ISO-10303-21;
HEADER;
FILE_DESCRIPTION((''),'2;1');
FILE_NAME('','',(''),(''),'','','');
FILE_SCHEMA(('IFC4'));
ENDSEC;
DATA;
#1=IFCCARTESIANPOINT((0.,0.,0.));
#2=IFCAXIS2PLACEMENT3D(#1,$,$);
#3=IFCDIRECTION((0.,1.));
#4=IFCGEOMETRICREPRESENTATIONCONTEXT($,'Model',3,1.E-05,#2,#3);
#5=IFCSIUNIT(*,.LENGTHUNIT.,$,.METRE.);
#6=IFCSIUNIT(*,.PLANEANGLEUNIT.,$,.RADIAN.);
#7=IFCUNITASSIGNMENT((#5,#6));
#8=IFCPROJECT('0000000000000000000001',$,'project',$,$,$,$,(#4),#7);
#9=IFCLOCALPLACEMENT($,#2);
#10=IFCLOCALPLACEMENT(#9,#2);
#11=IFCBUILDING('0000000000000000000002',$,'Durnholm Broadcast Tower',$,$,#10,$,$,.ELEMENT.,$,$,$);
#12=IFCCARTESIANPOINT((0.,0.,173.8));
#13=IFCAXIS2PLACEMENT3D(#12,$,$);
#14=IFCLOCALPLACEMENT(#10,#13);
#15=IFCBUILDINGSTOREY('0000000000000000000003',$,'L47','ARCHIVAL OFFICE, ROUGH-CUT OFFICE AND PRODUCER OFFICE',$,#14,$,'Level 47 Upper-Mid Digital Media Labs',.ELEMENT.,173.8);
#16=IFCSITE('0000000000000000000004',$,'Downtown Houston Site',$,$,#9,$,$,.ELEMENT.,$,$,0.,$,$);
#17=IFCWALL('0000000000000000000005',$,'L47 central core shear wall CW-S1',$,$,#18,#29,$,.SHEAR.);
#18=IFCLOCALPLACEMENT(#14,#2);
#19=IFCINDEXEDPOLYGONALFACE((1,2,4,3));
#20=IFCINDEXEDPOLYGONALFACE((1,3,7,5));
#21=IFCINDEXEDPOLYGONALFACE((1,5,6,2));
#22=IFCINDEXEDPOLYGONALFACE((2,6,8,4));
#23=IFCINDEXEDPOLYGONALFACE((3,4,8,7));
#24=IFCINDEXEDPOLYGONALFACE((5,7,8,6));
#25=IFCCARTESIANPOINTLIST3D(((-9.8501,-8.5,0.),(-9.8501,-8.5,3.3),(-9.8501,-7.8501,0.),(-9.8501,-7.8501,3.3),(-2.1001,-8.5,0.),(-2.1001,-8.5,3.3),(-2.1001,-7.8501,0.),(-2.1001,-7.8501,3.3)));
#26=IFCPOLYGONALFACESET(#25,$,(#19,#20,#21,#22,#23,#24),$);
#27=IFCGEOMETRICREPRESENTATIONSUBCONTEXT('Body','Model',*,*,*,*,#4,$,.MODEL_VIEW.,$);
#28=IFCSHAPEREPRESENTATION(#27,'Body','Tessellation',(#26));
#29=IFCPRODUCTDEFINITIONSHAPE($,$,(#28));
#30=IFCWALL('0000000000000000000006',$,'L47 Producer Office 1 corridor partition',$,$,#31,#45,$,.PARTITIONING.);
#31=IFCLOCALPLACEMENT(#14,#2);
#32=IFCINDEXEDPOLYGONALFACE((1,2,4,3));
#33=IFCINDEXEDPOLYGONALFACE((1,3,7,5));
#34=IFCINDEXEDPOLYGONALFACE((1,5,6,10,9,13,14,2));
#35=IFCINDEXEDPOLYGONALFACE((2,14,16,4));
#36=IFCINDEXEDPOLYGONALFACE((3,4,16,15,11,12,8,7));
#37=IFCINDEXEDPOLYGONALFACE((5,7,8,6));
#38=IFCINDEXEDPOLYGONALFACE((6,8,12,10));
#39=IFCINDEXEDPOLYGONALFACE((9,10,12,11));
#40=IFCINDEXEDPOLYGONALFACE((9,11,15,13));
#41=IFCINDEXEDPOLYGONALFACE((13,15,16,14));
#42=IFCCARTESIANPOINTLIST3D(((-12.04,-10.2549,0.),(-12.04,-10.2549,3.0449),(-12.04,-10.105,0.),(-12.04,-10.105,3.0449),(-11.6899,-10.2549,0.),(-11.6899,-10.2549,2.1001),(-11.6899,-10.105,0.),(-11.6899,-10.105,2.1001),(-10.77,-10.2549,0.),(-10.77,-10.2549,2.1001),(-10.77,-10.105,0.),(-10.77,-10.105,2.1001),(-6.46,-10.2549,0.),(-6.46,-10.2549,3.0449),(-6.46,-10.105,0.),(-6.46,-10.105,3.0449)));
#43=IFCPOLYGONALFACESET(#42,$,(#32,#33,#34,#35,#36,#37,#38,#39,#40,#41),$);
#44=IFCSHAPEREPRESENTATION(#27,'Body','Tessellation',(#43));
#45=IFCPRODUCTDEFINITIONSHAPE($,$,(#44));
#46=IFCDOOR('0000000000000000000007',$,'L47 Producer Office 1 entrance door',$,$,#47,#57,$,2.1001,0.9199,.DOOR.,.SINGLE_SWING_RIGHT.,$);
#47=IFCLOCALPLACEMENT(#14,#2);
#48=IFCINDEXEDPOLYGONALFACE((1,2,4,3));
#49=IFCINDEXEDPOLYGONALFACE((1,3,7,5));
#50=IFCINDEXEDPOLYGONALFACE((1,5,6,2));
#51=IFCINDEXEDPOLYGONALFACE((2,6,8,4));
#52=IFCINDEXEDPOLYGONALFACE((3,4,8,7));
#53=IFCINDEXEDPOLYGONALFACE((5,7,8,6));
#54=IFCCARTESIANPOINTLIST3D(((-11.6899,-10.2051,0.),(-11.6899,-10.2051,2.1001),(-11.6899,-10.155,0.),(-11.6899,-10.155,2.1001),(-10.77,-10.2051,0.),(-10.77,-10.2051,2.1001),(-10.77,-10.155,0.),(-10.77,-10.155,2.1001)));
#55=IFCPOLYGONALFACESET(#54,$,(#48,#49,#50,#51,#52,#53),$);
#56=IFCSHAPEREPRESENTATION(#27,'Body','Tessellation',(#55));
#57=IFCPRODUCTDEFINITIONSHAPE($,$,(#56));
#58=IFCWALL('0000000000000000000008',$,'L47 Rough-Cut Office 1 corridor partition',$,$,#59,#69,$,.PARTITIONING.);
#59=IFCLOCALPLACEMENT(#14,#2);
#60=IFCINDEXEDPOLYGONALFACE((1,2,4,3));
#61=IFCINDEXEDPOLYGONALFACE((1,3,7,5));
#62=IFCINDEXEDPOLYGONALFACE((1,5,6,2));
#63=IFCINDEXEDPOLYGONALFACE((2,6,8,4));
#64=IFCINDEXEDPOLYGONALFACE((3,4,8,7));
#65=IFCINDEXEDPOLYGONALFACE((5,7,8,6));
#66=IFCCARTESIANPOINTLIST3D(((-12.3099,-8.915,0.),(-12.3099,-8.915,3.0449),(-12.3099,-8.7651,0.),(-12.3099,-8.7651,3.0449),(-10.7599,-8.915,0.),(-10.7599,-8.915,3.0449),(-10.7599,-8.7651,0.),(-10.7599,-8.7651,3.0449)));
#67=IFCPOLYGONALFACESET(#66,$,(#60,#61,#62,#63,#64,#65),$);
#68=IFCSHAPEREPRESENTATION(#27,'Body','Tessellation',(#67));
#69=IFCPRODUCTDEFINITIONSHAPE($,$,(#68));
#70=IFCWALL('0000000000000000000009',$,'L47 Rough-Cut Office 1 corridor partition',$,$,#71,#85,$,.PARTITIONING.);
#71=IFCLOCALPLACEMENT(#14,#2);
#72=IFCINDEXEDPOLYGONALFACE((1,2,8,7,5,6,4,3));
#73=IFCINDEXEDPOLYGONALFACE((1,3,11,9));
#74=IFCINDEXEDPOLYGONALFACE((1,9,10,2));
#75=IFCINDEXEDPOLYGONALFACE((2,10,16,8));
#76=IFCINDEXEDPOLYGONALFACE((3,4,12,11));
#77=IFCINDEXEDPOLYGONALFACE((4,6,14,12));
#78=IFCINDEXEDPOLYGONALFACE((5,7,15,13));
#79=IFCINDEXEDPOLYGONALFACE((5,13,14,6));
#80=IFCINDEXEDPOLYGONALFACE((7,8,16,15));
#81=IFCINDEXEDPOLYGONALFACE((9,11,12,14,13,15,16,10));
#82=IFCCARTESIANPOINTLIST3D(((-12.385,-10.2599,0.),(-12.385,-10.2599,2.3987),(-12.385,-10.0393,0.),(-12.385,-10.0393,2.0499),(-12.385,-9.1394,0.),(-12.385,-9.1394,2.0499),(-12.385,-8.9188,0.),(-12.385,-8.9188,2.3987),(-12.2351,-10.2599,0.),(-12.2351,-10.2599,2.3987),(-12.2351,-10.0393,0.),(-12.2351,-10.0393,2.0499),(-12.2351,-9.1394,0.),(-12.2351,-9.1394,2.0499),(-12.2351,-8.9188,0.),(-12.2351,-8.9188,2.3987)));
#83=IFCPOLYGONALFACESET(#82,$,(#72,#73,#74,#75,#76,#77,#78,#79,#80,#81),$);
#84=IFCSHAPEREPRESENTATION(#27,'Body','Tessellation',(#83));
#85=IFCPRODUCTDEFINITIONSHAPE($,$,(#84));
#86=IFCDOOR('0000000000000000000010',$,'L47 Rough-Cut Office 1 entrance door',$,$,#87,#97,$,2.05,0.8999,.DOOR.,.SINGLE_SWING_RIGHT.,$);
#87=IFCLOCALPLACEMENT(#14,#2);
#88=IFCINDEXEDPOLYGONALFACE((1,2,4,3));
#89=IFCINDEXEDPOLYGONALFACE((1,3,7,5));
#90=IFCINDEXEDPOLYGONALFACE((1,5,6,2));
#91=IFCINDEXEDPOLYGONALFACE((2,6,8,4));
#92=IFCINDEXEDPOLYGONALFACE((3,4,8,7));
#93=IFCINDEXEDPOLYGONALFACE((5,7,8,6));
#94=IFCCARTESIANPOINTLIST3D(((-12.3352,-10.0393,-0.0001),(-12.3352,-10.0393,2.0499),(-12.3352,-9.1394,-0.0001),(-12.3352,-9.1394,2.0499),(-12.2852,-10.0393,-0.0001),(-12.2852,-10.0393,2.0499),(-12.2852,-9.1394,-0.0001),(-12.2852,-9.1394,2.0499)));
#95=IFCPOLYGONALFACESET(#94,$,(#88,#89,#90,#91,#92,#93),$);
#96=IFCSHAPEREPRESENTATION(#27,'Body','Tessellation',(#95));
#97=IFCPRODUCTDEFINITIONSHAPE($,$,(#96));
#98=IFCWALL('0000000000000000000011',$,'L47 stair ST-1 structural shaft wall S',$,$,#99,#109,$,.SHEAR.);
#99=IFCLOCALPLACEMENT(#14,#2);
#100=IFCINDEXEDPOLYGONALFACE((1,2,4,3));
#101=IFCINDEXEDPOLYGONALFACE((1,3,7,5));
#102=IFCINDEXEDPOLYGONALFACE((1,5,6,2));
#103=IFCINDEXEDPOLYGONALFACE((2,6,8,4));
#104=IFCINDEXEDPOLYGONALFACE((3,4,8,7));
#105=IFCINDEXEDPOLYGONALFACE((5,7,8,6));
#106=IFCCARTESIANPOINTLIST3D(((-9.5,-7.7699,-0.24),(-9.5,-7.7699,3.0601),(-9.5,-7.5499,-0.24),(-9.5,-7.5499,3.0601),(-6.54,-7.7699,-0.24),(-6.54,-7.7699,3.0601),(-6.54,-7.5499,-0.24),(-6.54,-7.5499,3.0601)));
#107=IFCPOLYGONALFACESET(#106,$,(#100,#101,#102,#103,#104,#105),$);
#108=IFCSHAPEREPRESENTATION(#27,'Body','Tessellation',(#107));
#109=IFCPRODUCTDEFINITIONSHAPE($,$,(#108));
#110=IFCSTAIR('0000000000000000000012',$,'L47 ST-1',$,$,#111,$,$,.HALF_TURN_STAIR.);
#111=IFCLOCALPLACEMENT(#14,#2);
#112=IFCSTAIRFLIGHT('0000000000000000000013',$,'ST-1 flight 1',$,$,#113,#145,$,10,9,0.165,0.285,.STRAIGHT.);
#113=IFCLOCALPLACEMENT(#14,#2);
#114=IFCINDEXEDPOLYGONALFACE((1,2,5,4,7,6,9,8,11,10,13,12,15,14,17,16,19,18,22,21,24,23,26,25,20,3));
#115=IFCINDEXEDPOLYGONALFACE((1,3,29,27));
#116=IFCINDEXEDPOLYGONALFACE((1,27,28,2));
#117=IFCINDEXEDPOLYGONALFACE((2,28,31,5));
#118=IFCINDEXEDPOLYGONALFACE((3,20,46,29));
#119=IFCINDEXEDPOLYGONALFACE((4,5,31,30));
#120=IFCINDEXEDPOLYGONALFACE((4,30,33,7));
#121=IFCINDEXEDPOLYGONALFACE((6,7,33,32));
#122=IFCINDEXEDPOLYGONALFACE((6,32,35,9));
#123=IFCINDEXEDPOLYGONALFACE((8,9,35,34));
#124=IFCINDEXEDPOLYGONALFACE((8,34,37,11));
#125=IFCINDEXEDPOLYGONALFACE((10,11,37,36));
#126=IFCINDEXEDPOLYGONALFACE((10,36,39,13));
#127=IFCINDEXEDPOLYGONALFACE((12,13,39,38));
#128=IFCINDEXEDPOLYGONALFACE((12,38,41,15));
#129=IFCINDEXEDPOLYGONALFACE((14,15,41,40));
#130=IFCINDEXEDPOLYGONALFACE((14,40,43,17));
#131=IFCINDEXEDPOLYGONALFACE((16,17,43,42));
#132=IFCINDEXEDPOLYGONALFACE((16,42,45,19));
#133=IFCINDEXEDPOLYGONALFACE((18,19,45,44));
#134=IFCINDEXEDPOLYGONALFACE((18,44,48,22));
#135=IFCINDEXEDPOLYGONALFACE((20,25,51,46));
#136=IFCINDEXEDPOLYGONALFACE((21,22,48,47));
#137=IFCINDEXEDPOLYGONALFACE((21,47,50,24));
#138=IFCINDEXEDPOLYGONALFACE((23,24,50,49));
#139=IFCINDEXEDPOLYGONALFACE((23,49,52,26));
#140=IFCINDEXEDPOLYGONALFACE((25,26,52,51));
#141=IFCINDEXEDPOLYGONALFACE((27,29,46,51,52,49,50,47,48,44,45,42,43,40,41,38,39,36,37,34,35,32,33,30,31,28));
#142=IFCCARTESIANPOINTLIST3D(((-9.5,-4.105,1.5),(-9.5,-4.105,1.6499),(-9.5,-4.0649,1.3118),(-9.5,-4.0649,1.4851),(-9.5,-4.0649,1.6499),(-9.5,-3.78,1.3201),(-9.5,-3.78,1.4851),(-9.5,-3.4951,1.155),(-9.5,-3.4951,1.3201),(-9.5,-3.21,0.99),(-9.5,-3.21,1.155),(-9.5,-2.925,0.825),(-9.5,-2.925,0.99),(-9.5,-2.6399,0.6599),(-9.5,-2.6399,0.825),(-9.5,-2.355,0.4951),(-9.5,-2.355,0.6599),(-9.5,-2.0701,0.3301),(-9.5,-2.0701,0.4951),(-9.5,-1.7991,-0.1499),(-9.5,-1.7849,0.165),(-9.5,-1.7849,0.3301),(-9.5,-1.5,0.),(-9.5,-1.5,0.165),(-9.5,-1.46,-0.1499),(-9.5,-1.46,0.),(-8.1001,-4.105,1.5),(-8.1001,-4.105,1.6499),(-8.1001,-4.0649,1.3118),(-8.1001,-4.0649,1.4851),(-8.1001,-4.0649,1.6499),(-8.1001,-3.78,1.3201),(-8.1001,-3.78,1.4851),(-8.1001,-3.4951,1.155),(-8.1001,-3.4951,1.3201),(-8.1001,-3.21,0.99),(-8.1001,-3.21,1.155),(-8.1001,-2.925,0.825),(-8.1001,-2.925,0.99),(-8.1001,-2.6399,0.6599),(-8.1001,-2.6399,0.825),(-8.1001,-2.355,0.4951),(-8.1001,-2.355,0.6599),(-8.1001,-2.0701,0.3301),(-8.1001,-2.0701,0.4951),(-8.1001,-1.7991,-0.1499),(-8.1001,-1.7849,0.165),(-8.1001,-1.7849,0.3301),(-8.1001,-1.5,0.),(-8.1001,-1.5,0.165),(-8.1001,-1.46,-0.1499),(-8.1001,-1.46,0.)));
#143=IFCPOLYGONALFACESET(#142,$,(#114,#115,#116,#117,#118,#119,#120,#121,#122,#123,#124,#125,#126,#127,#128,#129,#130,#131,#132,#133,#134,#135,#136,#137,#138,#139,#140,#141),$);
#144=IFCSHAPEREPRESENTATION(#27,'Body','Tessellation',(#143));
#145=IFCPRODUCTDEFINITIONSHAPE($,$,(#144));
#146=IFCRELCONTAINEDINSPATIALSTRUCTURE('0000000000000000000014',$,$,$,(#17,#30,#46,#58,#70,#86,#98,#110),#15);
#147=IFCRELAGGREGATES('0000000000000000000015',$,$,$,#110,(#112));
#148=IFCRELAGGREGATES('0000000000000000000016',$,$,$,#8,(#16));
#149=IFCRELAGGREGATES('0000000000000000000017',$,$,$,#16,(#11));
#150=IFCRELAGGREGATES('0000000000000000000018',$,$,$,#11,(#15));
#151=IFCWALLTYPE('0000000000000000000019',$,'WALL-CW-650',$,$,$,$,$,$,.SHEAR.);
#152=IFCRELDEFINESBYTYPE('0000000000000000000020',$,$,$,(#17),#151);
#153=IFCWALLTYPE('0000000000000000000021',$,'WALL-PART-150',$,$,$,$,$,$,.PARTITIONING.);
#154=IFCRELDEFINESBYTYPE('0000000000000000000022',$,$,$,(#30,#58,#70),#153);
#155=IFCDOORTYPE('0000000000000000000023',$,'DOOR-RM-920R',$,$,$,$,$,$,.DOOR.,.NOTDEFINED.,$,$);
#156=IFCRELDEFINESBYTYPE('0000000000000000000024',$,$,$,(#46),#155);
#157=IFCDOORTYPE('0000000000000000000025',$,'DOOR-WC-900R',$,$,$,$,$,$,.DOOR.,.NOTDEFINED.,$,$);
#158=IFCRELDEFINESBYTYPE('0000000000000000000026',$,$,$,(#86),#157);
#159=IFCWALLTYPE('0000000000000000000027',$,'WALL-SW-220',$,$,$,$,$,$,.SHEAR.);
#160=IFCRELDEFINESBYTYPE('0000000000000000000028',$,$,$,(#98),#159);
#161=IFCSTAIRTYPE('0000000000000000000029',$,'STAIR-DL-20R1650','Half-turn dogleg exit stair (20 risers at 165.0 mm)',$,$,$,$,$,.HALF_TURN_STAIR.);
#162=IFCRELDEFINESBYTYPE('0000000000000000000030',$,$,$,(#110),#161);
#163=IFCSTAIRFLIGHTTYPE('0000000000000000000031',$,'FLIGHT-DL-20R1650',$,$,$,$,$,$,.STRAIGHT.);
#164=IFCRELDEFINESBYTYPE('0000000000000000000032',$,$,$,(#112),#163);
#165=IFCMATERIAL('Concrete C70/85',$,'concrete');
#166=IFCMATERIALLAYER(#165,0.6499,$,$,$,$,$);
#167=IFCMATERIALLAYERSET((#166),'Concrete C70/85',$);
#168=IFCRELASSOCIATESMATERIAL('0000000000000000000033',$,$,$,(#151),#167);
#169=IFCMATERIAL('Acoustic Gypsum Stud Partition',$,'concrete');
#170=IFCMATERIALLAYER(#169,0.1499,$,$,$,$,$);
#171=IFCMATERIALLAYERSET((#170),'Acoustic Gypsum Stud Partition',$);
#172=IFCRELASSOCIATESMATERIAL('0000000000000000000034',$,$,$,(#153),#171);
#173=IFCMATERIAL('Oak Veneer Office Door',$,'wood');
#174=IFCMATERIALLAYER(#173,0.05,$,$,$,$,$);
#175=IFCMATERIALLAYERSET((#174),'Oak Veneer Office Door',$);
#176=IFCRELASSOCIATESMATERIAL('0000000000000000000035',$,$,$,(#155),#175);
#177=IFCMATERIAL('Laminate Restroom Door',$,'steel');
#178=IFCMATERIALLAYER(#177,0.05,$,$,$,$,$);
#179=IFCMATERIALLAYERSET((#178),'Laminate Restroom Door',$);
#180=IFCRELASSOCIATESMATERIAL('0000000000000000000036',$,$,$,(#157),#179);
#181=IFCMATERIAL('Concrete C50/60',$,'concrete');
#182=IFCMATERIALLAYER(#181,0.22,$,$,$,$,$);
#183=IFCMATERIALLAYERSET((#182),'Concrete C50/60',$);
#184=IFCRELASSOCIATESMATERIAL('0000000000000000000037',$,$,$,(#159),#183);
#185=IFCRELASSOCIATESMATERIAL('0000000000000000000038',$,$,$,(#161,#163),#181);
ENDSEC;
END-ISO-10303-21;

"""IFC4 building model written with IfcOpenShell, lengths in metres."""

from ifc_helpers import new_model, si_unit, direction, frame, frame_2d, origin, place, context, subcontext, project, spatial, polyline, rectangle, outline, extrude, source, transform, mapped, material, layer, layer_set, type_object, type_shapes, element, fill, aggregate, save


model = new_model("IFC4")

# Units and contexts
model_context = context("Model", 3, precision=1e-05, world=origin(), true_north=direction((0.0, 1.0)))
body_context = subcontext(model_context, "Body", "Model", "MODEL_VIEW")
ifc_project = project(units=[si_unit("LENGTHUNIT", "METRE"), si_unit("PLANEANGLEUNIT", "RADIAN")], contexts=[model_context])

# Site, building, storey
site_placement = place(None, origin())
site = spatial("IfcSite", under=ifc_project, at=site_placement, Name="Downtown Houston Site", CompositionType="ELEMENT", RefElevation=0.0)
building_placement = place(site_placement, origin())
building = spatial("IfcBuilding", under=site, at=building_placement, Name="Durnholm Broadcast Tower", CompositionType="ELEMENT")
storey_placement = place(building_placement, frame((0.0, 0.0, 173.8)))
storey = spatial("IfcBuildingStorey", under=building, at=storey_placement, Name="L47", Description="ARCHIVAL OFFICE, ROUGH-CUT OFFICE AND PRODUCER OFFICE", LongName="Level 47 Upper-Mid Digital Media Labs", CompositionType="ELEMENT", Elevation=173.8)

# Shared definitions
ifc_material_1 = material(Name="Concrete C70/85", Category="concrete")

# Wall
ifc_layer_1 = layer(ifc_material_1, 0.6499)
ifc_layer_set_1 = layer_set([ifc_layer_1], Name="Concrete C70/85")
wall_type_1 = type_object("IfcWallType", Name="WALL-CW-650", PredefinedType="SHEAR", material=ifc_layer_set_1)
wall_1_placement = place(storey_placement, frame((-9.8501, -8.175, 0.0), z_axis=(0.0, 0.0, 1.0), x_axis=(1.0, 0.0, 0.0)))
element("IfcWall", 1, at=wall_1_placement, inside=storey, type_object=wall_type_1, Name="L47 central core shear wall CW-S1", PredefinedType="SHEAR", context=body_context, shape_type="SweptSolid", body=[
    extrude(rectangle(XDim=7.75, YDim=0.6499, at=frame_2d((3.875, 0.0))), origin(), (0.0, 0.0, 1.0), 3.3),
])

# Wall, opening, door
ifc_material_2 = material(Name="Acoustic Gypsum Stud Partition", Category="concrete")
ifc_layer_2 = layer(ifc_material_2, 0.1499)
ifc_layer_set_2 = layer_set([ifc_layer_2], Name="Acoustic Gypsum Stud Partition")
wall_type_2 = type_object("IfcWallType", Name="WALL-PART-150", PredefinedType="PARTITIONING", material=ifc_layer_set_2)
wall_2_placement = place(storey_placement, frame((-12.04, -10.1799, 0.0), z_axis=(0.0, 0.0, 1.0), x_axis=(1.0, 0.0, 0.0)))
wall_2 = element("IfcWall", 2, at=wall_2_placement, inside=storey, type_object=wall_type_2, Name="L47 Producer Office 1 corridor partition", PredefinedType="PARTITIONING", context=body_context, shape_type="SweptSolid", body=[
    extrude(rectangle(XDim=5.5801, YDim=0.1499, at=frame_2d((2.79, 0.0))), origin(), (0.0, 0.0, 1.0), 3.0449),
])
opening_1_placement = place(wall_2_placement, frame((0.3501, 0.0, 0.0)))
opening_1 = element("IfcOpeningElement", 3, at=opening_1_placement, cuts=wall_2, PredefinedType="OPENING", context=body_context, shape_type="SweptSolid", body=[
    extrude(rectangle(XDim=0.9199, YDim=2.1001, at=frame_2d((0.46, 1.05))), frame((0.0, 0.085, 0.0), z_axis=(0.0, -1.0, 0.0), x_axis=(1.0, 0.0, 0.0)), (0.0, 0.0, 1.0), 0.1699),
])
ifc_material_3 = material(Name="Oak Veneer Office Door", Category="wood")
ifc_layer_3 = layer(ifc_material_3, 0.05)
ifc_layer_set_3 = layer_set([ifc_layer_3], Name="Oak Veneer Office Door")
door_type_1 = type_object("IfcDoorType", Name="DOOR-RM-920R", OperationType="NOTDEFINED", PredefinedType="DOOR", material=ifc_layer_set_3)
shared_shape_1 = source(origin(), body_context, "Body", "SweptSolid", [
    extrude(rectangle(XDim=0.9199, YDim=2.1001, at=frame_2d((0.46, 1.05))), frame((0.0, 0.0249, 0.0), z_axis=(0.0, -1.0, 0.0), x_axis=(1.0, 0.0, 0.0)), (0.0, 0.0, 1.0), 0.05),
])
type_shapes(door_type_1, [shared_shape_1])
door_1_placement = place(opening_1_placement, origin())
door_1 = element("IfcDoor", 4, at=door_1_placement, inside=storey, type_object=door_type_1, Name="L47 Producer Office 1 entrance door", OperationType="SINGLE_SWING_RIGHT", OverallHeight=2.1001, OverallWidth=0.9199, PredefinedType="DOOR", context=body_context, shape_type="MappedRepresentation", body=[
    mapped(shared_shape_1, transform((0.0, 0.0, 0.0), x_axis=(1.0, 0.0, 0.0), y_axis=(0.0, 1.0, 0.0), z_axis=(0.0, 0.0, 1.0), scale=1.0)),
])
fill(opening_1, door_1)

# Wall
wall_3_placement = place(storey_placement, frame((-10.76, -8.8401, 0.0), z_axis=(0.0, 0.0, 1.0), x_axis=(-1.0, 0.0, 0.0)))
element("IfcWall", 5, at=wall_3_placement, inside=storey, type_object=wall_type_2, Name="L47 Rough-Cut Office 1 corridor partition", PredefinedType="PARTITIONING", context=body_context, shape_type="SweptSolid", body=[
    extrude(rectangle(XDim=1.55, YDim=0.1499, at=frame_2d((0.7749, 0.0))), origin(), (0.0, 0.0, 1.0), 3.0449),
])

# Wall, opening, door
wall_4_placement = place(storey_placement, frame((-12.3101, -8.9189, 0.0), z_axis=(0.0, 0.0, 1.0), x_axis=(0.0, -1.0, 0.0)))
wall_4 = element("IfcWall", 6, at=wall_4_placement, inside=storey, type_object=wall_type_2, Name="L47 Rough-Cut Office 1 corridor partition", PredefinedType="PARTITIONING", context=body_context, shape_type="SweptSolid", body=[
    extrude(rectangle(XDim=1.3411, YDim=0.1499, at=frame_2d((0.6704, 0.0))), origin(), (0.0, 0.0, 1.0), 2.3987),
])
opening_2_placement = place(wall_4_placement, frame((0.2205, 0.0, 0.0)))
opening_2 = element("IfcOpeningElement", 7, at=opening_2_placement, cuts=wall_4, PredefinedType="OPENING", context=body_context, shape_type="SweptSolid", body=[
    extrude(rectangle(XDim=0.8999, YDim=2.05, at=frame_2d((0.45, 1.0249))), frame((0.0, 0.085, 0.0), z_axis=(0.0, -1.0, 0.0), x_axis=(1.0, 0.0, 0.0)), (0.0, 0.0, 1.0), 0.1699),
])
ifc_material_4 = material(Name="Laminate Restroom Door", Category="steel")
ifc_layer_4 = layer(ifc_material_4, 0.05)
ifc_layer_set_4 = layer_set([ifc_layer_4], Name="Laminate Restroom Door")
door_type_2 = type_object("IfcDoorType", Name="DOOR-WC-900R", OperationType="NOTDEFINED", PredefinedType="DOOR", material=ifc_layer_set_4)
shared_shape_2 = source(origin(), body_context, "Body", "SweptSolid", [
    extrude(rectangle(XDim=0.8999, YDim=2.05, at=frame_2d((0.45, 1.0249))), frame((0.0, 0.0249, 0.0), z_axis=(0.0, -1.0, 0.0), x_axis=(1.0, 0.0, 0.0)), (0.0, 0.0, 1.0), 0.05),
])
type_shapes(door_type_2, [shared_shape_2])
door_2_placement = place(opening_2_placement, origin())
door_2 = element("IfcDoor", 8, at=door_2_placement, inside=storey, type_object=door_type_2, Name="L47 Rough-Cut Office 1 entrance door", OperationType="SINGLE_SWING_RIGHT", OverallHeight=2.05, OverallWidth=0.8999, PredefinedType="DOOR", context=body_context, shape_type="MappedRepresentation", body=[
    mapped(shared_shape_2, transform((0.0, 0.0, 0.0), x_axis=(1.0, 0.0, 0.0), y_axis=(0.0, 1.0, 0.0), z_axis=(0.0, 0.0, 1.0), scale=1.0)),
])
fill(opening_2, door_2)

# Wall
ifc_material_5 = material(Name="Concrete C50/60", Category="concrete")
ifc_layer_5 = layer(ifc_material_5, 0.22)
ifc_layer_set_5 = layer_set([ifc_layer_5], Name="Concrete C50/60")
wall_type_3 = type_object("IfcWallType", Name="WALL-SW-220", PredefinedType="SHEAR", material=ifc_layer_set_5)
wall_5_placement = place(storey_placement, frame((-9.5, -7.6599, -0.24), z_axis=(0.0, 0.0, 1.0), x_axis=(1.0, 0.0, 0.0)))
element("IfcWall", 9, at=wall_5_placement, inside=storey, type_object=wall_type_3, Name="L47 stair ST-1 structural shaft wall S", PredefinedType="SHEAR", context=body_context, shape_type="SweptSolid", body=[
    extrude(rectangle(XDim=2.96, YDim=0.22, at=frame_2d((1.48, 0.0))), origin(), (0.0, 0.0, 1.0), 3.3),
])

# Stair, stair flight
stair_type = type_object("IfcStairType", Name="STAIR-DL-20R1650", Description="Half-turn dogleg exit stair (20 risers at 165.0 mm)", PredefinedType="HALF_TURN_STAIR", material=ifc_material_5)
stair_placement = place(storey_placement, origin())
stair = element("IfcStair", 10, at=stair_placement, inside=storey, type_object=stair_type, Name="L47 ST-1", PredefinedType="HALF_TURN_STAIR")
stair_flight_type = type_object("IfcStairFlightType", Name="FLIGHT-DL-20R1650", PredefinedType="STRAIGHT", material=ifc_material_5)
stair_flight_placement = place(storey_placement, frame((-8.8, -1.5, 0.0), z_axis=(0.0, 0.0, 1.0), x_axis=(0.0, -1.0, 0.0)))
stair_flight = element("IfcStairFlight", 11, at=stair_flight_placement, type_object=stair_flight_type, Name="ST-1 flight 1", NumberOfRisers=10, NumberOfTreads=9, PredefinedType="STRAIGHT", RiserHeight=0.165, TreadLength=0.285, context=body_context, shape_type="SweptSolid", body=[
    extrude(outline(polyline([(-0.04, -0.1499), (-0.04, 0.0), (0.0, 0.0), (0.0, 0.165), (0.2849, 0.165), (0.2849, 0.3301), (0.5701, 0.3301), (0.5701, 0.4951), (0.855, 0.4951), (0.855, 0.6599), (1.1399, 0.6599), (1.1399, 0.825), (1.425, 0.825), (1.425, 0.99), (1.71, 0.99), (1.71, 1.155), (1.9951, 1.155), (1.9951, 1.3201), (2.28, 1.3201), (2.28, 1.4851), (2.5649, 1.4851), (2.5649, 1.6499), (2.605, 1.6499), (2.605, 1.5), (2.5649, 1.3118), (0.2991, -0.1499), (-0.04, -0.1499)])), frame((0.0, 0.7, 0.0), z_axis=(0.0, -1.0, 0.0), x_axis=(1.0, 0.0, 0.0)), (0.0, 0.0, 1.0), 1.3999),
])
aggregate(stair, [stair_flight])

save(model, "model.ifc")
